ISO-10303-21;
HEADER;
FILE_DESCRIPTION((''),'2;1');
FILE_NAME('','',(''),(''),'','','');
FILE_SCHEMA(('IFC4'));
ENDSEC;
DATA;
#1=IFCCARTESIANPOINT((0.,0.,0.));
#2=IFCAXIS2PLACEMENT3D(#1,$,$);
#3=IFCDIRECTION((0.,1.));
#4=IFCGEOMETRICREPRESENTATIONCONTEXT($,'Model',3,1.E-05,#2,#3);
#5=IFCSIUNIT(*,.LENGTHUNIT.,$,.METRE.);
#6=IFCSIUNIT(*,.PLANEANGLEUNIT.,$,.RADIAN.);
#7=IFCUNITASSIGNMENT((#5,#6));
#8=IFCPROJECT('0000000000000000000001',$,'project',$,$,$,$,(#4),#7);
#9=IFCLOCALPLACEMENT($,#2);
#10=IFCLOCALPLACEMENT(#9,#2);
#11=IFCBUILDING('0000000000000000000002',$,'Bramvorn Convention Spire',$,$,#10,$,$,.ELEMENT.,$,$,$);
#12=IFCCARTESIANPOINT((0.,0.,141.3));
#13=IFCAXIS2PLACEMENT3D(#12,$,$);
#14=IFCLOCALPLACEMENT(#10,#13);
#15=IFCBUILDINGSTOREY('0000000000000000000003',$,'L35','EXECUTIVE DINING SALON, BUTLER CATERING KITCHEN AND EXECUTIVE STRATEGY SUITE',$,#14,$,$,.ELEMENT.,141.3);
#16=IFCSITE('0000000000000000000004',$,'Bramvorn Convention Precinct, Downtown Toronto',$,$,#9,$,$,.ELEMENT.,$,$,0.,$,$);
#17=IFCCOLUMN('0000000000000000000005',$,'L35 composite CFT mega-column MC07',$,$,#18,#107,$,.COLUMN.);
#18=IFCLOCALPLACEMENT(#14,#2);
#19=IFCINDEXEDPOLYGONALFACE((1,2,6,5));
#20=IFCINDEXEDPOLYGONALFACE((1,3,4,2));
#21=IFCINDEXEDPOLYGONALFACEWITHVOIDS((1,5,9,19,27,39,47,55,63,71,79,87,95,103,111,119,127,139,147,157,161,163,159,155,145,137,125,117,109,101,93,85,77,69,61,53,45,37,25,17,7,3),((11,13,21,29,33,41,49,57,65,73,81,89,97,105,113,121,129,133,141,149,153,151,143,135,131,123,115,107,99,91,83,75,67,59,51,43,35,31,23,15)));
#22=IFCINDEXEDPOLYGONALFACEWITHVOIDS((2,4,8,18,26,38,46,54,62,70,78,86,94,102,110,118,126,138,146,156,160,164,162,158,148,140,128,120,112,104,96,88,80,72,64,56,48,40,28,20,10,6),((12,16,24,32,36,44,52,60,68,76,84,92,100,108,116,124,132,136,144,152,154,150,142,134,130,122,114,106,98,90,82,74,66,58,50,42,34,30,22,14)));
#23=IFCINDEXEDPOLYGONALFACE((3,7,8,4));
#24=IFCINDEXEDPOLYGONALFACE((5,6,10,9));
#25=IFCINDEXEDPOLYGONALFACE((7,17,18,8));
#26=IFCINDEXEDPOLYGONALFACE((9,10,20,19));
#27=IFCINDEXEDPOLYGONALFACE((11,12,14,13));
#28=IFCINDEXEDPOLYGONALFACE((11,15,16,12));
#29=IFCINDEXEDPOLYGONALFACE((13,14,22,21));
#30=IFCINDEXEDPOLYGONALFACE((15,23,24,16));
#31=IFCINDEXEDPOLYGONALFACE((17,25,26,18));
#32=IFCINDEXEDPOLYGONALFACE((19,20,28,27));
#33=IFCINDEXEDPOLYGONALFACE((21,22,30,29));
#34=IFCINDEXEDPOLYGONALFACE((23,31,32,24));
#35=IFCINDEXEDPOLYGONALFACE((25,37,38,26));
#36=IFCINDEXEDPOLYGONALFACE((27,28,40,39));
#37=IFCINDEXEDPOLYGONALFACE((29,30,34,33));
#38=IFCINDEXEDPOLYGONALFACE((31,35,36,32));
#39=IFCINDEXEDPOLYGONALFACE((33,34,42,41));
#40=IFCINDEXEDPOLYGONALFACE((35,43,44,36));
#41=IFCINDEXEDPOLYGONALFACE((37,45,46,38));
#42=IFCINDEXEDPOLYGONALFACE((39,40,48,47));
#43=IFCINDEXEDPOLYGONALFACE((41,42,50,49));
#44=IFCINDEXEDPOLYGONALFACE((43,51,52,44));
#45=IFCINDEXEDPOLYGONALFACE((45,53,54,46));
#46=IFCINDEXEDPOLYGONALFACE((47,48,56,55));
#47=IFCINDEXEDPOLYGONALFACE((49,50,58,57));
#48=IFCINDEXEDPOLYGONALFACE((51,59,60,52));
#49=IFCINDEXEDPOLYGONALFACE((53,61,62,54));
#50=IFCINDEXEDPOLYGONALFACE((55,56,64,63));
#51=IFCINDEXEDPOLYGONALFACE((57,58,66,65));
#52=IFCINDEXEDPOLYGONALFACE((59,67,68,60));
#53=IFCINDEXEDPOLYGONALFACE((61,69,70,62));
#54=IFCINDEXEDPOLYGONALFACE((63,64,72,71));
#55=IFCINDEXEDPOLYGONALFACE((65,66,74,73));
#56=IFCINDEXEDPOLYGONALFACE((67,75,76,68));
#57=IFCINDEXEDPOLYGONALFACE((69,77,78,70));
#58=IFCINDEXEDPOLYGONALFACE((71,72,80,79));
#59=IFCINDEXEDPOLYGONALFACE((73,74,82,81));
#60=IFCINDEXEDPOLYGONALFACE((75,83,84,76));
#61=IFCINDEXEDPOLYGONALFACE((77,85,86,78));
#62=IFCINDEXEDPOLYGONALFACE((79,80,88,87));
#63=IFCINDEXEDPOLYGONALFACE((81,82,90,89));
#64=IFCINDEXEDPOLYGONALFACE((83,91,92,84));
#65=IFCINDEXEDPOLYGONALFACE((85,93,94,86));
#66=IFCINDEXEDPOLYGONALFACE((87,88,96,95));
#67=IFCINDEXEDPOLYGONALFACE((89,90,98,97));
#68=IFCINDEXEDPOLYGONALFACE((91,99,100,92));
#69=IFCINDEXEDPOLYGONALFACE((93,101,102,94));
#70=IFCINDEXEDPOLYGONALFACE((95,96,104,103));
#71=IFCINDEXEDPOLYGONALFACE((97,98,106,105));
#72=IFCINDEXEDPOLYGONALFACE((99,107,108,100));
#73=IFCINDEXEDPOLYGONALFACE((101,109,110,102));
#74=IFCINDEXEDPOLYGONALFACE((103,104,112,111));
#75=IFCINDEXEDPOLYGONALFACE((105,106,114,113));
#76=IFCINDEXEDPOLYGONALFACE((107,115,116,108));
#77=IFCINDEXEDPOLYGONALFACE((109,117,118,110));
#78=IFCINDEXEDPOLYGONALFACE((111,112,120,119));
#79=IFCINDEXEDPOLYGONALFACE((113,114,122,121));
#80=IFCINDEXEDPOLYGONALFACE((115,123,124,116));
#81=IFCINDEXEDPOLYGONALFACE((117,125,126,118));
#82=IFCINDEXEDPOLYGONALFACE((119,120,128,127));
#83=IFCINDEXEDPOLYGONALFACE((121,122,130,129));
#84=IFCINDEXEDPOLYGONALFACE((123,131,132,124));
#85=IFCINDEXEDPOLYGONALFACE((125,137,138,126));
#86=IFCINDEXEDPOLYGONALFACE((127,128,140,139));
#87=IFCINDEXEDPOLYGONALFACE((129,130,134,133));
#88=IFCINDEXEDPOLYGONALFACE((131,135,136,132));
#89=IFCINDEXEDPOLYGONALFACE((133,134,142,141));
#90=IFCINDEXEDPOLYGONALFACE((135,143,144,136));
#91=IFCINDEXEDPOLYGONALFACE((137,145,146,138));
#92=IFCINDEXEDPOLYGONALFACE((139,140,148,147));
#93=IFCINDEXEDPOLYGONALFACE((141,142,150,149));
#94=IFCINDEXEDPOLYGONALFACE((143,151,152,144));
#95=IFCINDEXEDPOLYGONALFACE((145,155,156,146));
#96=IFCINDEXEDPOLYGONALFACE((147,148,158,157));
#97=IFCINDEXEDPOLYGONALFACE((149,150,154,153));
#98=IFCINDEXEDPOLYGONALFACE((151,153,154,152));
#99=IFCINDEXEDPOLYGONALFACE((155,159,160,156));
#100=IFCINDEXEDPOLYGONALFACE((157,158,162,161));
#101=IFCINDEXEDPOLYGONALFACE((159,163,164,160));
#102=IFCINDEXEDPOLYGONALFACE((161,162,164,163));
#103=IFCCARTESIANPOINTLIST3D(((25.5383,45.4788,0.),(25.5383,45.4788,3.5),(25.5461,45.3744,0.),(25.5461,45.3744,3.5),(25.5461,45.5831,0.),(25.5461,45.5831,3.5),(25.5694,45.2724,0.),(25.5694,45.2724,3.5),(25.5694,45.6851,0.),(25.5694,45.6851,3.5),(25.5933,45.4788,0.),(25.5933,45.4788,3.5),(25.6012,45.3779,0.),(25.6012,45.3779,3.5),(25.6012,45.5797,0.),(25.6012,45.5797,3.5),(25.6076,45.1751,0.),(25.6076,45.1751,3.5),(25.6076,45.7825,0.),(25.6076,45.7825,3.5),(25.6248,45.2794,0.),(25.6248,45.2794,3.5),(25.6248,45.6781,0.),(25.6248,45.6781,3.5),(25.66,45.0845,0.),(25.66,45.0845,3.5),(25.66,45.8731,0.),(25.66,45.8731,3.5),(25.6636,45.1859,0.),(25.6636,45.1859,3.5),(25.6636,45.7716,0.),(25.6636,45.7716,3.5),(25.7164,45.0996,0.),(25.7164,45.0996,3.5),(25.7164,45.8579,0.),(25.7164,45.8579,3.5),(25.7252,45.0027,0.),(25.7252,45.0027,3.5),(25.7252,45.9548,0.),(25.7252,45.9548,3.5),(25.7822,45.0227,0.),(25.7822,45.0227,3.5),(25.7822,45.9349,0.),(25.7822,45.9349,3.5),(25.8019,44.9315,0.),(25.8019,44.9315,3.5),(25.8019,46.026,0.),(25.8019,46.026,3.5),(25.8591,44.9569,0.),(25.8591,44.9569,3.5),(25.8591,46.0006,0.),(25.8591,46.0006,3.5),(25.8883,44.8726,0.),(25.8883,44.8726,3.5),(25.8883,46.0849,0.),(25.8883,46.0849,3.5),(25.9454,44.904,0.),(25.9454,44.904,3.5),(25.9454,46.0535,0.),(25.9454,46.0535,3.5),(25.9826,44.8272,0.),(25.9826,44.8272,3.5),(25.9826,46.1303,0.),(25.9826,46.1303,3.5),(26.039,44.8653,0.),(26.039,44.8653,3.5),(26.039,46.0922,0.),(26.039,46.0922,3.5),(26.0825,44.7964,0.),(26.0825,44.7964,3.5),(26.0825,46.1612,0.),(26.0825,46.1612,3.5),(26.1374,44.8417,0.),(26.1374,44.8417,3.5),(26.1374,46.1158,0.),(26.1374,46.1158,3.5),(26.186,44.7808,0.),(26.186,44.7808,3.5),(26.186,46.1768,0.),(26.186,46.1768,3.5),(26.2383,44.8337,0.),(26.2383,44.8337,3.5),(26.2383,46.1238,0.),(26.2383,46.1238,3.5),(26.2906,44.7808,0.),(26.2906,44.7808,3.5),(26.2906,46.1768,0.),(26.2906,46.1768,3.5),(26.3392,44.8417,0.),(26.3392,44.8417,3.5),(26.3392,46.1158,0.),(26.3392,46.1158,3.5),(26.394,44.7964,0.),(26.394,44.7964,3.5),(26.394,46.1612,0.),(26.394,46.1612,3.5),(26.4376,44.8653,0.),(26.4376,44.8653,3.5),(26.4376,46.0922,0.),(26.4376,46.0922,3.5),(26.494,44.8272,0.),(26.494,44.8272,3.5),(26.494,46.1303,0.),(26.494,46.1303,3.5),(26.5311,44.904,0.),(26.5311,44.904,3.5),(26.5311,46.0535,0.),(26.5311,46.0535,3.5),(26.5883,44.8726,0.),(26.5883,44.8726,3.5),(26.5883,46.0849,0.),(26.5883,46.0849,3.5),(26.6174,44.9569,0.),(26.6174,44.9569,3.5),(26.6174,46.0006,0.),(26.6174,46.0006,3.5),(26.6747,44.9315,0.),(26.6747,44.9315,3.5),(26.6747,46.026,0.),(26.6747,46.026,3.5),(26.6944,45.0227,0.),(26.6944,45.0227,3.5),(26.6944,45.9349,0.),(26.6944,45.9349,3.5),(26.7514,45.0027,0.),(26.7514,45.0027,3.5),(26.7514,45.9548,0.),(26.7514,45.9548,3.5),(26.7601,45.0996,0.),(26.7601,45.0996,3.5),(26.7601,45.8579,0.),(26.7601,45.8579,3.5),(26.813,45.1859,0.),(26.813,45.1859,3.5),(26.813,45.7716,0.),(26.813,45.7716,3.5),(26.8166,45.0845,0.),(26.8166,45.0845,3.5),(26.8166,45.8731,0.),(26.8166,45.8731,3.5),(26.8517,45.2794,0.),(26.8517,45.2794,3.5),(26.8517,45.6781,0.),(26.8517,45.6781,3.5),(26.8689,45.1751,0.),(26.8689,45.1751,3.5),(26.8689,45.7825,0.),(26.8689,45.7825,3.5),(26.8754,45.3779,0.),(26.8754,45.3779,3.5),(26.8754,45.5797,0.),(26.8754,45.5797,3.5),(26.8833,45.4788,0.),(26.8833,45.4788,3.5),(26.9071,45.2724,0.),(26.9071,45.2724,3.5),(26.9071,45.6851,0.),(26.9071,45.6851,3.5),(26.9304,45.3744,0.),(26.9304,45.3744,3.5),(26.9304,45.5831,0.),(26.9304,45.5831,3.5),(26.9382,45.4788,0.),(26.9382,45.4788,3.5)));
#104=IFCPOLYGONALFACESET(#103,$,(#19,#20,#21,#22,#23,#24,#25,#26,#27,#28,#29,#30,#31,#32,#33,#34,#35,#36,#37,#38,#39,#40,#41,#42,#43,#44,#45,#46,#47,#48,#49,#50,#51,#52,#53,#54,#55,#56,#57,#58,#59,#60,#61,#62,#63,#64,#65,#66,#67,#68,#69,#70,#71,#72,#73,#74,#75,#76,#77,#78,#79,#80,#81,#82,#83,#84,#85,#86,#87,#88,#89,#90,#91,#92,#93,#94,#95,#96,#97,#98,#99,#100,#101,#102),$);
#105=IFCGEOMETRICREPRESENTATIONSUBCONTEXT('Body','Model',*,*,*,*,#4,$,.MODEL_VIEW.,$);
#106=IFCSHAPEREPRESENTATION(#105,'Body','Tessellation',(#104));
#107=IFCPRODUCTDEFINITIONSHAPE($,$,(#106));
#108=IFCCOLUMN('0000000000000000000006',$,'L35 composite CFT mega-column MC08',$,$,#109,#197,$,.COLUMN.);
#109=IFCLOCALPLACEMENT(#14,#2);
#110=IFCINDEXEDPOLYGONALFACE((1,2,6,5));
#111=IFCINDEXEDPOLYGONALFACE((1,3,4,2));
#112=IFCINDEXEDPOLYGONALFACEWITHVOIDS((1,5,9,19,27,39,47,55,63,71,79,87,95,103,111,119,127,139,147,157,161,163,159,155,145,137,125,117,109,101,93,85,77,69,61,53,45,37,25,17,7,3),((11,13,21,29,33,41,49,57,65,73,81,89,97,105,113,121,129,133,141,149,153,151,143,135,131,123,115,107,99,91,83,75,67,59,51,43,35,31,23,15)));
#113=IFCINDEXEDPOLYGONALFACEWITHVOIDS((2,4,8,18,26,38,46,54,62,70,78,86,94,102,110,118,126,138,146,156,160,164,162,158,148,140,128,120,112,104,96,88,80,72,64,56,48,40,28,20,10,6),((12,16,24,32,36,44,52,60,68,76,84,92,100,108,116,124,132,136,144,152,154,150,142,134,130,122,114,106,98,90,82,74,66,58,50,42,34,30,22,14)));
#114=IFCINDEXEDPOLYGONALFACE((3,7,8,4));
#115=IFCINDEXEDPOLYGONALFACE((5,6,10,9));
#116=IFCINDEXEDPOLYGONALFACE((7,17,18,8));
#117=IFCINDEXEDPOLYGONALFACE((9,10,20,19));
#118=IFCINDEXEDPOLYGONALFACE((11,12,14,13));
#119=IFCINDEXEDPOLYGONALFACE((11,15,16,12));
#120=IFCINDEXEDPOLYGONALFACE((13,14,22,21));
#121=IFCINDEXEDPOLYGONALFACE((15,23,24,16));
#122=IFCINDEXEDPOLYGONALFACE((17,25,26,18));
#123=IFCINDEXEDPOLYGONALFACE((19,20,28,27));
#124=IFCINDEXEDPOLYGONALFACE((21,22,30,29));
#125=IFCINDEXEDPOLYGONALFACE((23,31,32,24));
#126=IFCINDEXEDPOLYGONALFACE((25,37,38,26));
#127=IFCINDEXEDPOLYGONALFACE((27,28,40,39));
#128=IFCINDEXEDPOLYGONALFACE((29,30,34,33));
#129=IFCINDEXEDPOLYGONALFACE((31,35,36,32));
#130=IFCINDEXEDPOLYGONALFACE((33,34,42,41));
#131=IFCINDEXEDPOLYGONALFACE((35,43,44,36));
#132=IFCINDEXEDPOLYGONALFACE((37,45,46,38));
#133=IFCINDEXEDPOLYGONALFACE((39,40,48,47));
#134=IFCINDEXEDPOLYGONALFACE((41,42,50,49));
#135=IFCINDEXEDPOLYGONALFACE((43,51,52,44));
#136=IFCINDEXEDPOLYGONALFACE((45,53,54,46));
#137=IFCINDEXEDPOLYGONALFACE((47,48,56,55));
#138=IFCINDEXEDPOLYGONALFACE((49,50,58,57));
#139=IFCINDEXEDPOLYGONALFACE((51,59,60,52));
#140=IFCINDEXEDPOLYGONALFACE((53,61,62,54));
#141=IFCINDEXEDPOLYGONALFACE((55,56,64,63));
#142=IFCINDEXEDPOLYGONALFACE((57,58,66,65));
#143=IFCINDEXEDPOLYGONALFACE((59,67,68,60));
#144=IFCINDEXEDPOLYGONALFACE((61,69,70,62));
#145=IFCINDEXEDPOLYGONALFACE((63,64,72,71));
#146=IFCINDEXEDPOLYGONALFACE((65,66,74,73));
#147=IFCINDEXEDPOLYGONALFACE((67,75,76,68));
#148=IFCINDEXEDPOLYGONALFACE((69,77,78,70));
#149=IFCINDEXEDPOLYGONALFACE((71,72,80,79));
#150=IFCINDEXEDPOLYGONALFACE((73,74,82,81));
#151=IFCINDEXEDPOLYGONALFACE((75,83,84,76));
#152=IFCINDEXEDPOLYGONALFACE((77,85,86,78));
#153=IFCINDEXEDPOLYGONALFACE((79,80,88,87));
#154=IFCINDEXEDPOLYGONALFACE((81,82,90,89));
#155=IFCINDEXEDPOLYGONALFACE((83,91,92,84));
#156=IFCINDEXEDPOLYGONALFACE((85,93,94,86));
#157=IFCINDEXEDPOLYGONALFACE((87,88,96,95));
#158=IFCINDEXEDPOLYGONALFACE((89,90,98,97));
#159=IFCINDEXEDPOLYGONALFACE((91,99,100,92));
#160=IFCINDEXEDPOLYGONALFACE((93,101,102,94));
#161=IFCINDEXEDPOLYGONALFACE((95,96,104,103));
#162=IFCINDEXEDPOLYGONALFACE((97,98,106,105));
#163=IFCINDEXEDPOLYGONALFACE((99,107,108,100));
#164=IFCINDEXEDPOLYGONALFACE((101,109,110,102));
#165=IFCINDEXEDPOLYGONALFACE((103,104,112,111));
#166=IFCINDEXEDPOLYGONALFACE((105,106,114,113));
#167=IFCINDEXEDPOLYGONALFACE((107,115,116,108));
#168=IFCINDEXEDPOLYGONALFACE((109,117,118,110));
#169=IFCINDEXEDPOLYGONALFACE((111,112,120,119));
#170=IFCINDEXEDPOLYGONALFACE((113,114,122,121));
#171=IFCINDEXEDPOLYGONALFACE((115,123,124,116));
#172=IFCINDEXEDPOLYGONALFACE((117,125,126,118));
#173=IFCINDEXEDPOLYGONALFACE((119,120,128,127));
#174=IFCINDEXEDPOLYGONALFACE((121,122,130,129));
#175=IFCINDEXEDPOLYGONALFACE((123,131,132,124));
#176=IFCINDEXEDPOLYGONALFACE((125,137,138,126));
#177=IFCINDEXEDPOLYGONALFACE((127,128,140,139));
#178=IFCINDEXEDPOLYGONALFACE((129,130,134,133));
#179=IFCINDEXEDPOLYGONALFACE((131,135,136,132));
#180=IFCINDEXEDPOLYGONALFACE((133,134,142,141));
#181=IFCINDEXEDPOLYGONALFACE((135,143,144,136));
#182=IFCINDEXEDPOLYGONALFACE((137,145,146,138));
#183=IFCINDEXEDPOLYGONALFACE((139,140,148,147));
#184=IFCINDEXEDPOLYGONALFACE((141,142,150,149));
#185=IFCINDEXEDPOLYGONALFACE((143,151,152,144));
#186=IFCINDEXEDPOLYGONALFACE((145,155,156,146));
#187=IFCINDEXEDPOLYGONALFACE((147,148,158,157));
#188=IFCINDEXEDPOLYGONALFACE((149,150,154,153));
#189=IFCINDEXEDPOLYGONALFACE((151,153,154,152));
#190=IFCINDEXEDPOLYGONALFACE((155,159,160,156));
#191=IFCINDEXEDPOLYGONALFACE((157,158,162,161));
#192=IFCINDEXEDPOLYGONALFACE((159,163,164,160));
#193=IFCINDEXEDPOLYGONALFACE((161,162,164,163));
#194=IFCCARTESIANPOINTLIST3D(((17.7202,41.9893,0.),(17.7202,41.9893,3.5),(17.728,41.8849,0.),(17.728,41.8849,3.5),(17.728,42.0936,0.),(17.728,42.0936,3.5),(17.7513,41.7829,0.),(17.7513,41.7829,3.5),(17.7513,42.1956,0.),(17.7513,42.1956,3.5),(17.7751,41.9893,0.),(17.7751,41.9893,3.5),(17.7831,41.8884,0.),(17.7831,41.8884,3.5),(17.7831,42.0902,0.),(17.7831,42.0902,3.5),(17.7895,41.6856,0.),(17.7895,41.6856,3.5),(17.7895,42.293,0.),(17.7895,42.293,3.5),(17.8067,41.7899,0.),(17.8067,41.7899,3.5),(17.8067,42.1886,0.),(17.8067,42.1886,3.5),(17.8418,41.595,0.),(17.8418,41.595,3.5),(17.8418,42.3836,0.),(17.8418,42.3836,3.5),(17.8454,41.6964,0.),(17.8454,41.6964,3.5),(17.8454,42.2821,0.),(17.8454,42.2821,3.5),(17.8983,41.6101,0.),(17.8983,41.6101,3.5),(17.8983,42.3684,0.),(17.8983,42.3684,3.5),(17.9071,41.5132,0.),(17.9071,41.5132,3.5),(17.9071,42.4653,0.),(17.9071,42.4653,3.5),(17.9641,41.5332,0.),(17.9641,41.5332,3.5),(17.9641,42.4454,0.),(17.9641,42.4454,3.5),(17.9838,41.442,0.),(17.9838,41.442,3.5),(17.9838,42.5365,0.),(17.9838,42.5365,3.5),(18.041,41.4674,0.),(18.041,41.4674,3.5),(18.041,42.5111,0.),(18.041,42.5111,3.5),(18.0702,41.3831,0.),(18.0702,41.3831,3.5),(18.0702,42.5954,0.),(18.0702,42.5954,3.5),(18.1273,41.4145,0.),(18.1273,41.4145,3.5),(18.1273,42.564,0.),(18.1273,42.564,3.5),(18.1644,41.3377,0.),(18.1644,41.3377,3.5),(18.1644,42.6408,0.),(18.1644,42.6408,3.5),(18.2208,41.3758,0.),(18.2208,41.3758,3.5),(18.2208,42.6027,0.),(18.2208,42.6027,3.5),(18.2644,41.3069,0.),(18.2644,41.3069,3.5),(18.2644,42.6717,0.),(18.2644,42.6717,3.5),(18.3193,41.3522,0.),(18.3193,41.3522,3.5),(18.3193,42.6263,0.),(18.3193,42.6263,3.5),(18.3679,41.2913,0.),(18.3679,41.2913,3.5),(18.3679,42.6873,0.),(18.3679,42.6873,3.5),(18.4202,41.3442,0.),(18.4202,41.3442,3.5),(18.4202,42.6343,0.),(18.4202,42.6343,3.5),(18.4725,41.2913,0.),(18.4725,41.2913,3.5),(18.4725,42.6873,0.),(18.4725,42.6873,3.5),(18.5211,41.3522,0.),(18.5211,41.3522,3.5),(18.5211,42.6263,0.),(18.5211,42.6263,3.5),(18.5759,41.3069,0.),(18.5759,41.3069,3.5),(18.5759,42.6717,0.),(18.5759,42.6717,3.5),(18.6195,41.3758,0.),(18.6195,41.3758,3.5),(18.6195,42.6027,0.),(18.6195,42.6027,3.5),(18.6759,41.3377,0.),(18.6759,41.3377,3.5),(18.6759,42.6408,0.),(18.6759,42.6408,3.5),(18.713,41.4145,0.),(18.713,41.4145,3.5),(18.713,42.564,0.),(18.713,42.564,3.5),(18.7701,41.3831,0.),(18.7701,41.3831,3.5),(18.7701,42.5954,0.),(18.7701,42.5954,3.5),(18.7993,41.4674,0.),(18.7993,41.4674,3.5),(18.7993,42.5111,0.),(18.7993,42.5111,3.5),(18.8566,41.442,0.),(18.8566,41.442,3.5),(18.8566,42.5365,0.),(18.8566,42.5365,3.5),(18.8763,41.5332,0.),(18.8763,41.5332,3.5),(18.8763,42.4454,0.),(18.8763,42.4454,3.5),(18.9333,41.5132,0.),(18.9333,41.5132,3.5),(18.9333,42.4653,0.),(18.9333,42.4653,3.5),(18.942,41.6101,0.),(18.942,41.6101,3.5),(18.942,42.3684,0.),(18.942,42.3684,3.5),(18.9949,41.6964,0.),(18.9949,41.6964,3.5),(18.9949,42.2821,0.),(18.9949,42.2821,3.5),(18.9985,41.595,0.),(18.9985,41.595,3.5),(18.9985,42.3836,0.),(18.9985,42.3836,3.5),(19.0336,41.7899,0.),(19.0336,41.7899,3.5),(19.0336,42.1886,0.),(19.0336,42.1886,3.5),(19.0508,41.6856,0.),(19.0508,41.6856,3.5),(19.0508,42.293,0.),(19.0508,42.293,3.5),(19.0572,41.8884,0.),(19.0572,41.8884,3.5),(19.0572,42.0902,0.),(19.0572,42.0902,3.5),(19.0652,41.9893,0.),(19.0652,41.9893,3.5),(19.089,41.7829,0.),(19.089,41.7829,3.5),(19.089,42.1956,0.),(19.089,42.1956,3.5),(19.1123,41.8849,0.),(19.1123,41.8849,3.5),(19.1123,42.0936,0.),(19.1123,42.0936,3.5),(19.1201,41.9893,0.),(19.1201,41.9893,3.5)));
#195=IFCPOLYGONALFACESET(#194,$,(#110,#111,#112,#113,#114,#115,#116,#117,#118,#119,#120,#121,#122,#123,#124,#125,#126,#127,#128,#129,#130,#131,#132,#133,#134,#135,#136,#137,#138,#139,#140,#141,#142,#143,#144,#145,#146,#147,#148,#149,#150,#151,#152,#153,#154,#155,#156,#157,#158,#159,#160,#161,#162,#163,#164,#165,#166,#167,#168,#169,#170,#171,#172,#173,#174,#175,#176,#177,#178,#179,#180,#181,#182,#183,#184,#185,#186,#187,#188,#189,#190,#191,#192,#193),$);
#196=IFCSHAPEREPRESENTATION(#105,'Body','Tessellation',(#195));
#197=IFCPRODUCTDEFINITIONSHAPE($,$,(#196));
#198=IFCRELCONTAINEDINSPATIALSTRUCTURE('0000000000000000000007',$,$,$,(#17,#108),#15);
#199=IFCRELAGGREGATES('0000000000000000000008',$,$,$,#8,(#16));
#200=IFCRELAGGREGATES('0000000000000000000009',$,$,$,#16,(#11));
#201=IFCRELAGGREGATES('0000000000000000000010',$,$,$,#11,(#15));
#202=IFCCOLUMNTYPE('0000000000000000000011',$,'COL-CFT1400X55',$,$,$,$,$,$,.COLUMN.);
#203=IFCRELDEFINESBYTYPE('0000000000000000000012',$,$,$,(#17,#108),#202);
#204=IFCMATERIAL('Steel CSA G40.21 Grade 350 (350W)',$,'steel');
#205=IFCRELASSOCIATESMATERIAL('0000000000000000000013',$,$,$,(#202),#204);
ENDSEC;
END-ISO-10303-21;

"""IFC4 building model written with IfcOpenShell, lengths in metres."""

from ifc_helpers import new_model, si_unit, direction, frame, origin, origin_2d, place, context, subcontext, project, spatial, hollow_circle, extrude, material, material_profile, profile_set, type_object, element, save


model = new_model("IFC4")

# Units and contexts
model_context = context("Model", 3, precision=1e-05, world=origin(), true_north=direction((0.0, 1.0)))
body_context = subcontext(model_context, "Body", "Model", "MODEL_VIEW")
ifc_project = project(units=[si_unit("LENGTHUNIT", "METRE"), si_unit("PLANEANGLEUNIT", "RADIAN")], contexts=[model_context])

# Site, building, storey
site_placement = place(None, origin())
site = spatial("IfcSite", under=ifc_project, at=site_placement, Name="Bramvorn Convention Precinct, Downtown Toronto", CompositionType="ELEMENT", RefElevation=0.0)
building_placement = place(site_placement, origin())
building = spatial("IfcBuilding", under=site, at=building_placement, Name="Bramvorn Convention Spire", CompositionType="ELEMENT")
storey_placement = place(building_placement, frame((0.0, 0.0, 141.3)))
storey = spatial("IfcBuildingStorey", under=building, at=storey_placement, Name="L35", Description="EXECUTIVE DINING SALON, BUTLER CATERING KITCHEN AND EXECUTIVE STRATEGY SUITE", CompositionType="ELEMENT", Elevation=141.3)

# Columns
ifc_material_1 = material(Name="Steel CSA G40.21 Grade 350 (350W)", Category="steel")
ifc_material_profile_1 = material_profile(ifc_material_1, hollow_circle(Radius=0.7, WallThickness=0.0549, at=origin_2d()))
ifc_profile_set_1 = profile_set([ifc_material_profile_1], Name="Steel CSA G40.21 Grade 350 (350W) - CFT1400X55")
column_type = type_object("IfcColumnType", Name="COL-CFT1400X55", PredefinedType="COLUMN", material=ifc_profile_set_1)
for number, where, z_axis, x_axis, name in (
    (1, (26.2383, 45.4788, 0.0), (0.0, 0.0, 1.0), (1.0, 0.0, 0.0), "L35 composite CFT mega-column MC07"),
    (2, (18.4202, 41.9893, 0.0), (0.0, 0.0, 1.0), (1.0, 0.0, 0.0), "L35 composite CFT mega-column MC08"),
):
    element("IfcColumn", number, at=place(storey_placement, frame(where, z_axis=z_axis, x_axis=x_axis)), inside=storey, type_object=column_type, Name=name, PredefinedType="COLUMN", context=body_context, shape_type="SweptSolid", body=[
        extrude(hollow_circle(Radius=0.7, WallThickness=0.0549, at=origin_2d()), origin(), (0.0, 0.0, 1.0), 3.5),
    ])

save(model, "model.ifc")
